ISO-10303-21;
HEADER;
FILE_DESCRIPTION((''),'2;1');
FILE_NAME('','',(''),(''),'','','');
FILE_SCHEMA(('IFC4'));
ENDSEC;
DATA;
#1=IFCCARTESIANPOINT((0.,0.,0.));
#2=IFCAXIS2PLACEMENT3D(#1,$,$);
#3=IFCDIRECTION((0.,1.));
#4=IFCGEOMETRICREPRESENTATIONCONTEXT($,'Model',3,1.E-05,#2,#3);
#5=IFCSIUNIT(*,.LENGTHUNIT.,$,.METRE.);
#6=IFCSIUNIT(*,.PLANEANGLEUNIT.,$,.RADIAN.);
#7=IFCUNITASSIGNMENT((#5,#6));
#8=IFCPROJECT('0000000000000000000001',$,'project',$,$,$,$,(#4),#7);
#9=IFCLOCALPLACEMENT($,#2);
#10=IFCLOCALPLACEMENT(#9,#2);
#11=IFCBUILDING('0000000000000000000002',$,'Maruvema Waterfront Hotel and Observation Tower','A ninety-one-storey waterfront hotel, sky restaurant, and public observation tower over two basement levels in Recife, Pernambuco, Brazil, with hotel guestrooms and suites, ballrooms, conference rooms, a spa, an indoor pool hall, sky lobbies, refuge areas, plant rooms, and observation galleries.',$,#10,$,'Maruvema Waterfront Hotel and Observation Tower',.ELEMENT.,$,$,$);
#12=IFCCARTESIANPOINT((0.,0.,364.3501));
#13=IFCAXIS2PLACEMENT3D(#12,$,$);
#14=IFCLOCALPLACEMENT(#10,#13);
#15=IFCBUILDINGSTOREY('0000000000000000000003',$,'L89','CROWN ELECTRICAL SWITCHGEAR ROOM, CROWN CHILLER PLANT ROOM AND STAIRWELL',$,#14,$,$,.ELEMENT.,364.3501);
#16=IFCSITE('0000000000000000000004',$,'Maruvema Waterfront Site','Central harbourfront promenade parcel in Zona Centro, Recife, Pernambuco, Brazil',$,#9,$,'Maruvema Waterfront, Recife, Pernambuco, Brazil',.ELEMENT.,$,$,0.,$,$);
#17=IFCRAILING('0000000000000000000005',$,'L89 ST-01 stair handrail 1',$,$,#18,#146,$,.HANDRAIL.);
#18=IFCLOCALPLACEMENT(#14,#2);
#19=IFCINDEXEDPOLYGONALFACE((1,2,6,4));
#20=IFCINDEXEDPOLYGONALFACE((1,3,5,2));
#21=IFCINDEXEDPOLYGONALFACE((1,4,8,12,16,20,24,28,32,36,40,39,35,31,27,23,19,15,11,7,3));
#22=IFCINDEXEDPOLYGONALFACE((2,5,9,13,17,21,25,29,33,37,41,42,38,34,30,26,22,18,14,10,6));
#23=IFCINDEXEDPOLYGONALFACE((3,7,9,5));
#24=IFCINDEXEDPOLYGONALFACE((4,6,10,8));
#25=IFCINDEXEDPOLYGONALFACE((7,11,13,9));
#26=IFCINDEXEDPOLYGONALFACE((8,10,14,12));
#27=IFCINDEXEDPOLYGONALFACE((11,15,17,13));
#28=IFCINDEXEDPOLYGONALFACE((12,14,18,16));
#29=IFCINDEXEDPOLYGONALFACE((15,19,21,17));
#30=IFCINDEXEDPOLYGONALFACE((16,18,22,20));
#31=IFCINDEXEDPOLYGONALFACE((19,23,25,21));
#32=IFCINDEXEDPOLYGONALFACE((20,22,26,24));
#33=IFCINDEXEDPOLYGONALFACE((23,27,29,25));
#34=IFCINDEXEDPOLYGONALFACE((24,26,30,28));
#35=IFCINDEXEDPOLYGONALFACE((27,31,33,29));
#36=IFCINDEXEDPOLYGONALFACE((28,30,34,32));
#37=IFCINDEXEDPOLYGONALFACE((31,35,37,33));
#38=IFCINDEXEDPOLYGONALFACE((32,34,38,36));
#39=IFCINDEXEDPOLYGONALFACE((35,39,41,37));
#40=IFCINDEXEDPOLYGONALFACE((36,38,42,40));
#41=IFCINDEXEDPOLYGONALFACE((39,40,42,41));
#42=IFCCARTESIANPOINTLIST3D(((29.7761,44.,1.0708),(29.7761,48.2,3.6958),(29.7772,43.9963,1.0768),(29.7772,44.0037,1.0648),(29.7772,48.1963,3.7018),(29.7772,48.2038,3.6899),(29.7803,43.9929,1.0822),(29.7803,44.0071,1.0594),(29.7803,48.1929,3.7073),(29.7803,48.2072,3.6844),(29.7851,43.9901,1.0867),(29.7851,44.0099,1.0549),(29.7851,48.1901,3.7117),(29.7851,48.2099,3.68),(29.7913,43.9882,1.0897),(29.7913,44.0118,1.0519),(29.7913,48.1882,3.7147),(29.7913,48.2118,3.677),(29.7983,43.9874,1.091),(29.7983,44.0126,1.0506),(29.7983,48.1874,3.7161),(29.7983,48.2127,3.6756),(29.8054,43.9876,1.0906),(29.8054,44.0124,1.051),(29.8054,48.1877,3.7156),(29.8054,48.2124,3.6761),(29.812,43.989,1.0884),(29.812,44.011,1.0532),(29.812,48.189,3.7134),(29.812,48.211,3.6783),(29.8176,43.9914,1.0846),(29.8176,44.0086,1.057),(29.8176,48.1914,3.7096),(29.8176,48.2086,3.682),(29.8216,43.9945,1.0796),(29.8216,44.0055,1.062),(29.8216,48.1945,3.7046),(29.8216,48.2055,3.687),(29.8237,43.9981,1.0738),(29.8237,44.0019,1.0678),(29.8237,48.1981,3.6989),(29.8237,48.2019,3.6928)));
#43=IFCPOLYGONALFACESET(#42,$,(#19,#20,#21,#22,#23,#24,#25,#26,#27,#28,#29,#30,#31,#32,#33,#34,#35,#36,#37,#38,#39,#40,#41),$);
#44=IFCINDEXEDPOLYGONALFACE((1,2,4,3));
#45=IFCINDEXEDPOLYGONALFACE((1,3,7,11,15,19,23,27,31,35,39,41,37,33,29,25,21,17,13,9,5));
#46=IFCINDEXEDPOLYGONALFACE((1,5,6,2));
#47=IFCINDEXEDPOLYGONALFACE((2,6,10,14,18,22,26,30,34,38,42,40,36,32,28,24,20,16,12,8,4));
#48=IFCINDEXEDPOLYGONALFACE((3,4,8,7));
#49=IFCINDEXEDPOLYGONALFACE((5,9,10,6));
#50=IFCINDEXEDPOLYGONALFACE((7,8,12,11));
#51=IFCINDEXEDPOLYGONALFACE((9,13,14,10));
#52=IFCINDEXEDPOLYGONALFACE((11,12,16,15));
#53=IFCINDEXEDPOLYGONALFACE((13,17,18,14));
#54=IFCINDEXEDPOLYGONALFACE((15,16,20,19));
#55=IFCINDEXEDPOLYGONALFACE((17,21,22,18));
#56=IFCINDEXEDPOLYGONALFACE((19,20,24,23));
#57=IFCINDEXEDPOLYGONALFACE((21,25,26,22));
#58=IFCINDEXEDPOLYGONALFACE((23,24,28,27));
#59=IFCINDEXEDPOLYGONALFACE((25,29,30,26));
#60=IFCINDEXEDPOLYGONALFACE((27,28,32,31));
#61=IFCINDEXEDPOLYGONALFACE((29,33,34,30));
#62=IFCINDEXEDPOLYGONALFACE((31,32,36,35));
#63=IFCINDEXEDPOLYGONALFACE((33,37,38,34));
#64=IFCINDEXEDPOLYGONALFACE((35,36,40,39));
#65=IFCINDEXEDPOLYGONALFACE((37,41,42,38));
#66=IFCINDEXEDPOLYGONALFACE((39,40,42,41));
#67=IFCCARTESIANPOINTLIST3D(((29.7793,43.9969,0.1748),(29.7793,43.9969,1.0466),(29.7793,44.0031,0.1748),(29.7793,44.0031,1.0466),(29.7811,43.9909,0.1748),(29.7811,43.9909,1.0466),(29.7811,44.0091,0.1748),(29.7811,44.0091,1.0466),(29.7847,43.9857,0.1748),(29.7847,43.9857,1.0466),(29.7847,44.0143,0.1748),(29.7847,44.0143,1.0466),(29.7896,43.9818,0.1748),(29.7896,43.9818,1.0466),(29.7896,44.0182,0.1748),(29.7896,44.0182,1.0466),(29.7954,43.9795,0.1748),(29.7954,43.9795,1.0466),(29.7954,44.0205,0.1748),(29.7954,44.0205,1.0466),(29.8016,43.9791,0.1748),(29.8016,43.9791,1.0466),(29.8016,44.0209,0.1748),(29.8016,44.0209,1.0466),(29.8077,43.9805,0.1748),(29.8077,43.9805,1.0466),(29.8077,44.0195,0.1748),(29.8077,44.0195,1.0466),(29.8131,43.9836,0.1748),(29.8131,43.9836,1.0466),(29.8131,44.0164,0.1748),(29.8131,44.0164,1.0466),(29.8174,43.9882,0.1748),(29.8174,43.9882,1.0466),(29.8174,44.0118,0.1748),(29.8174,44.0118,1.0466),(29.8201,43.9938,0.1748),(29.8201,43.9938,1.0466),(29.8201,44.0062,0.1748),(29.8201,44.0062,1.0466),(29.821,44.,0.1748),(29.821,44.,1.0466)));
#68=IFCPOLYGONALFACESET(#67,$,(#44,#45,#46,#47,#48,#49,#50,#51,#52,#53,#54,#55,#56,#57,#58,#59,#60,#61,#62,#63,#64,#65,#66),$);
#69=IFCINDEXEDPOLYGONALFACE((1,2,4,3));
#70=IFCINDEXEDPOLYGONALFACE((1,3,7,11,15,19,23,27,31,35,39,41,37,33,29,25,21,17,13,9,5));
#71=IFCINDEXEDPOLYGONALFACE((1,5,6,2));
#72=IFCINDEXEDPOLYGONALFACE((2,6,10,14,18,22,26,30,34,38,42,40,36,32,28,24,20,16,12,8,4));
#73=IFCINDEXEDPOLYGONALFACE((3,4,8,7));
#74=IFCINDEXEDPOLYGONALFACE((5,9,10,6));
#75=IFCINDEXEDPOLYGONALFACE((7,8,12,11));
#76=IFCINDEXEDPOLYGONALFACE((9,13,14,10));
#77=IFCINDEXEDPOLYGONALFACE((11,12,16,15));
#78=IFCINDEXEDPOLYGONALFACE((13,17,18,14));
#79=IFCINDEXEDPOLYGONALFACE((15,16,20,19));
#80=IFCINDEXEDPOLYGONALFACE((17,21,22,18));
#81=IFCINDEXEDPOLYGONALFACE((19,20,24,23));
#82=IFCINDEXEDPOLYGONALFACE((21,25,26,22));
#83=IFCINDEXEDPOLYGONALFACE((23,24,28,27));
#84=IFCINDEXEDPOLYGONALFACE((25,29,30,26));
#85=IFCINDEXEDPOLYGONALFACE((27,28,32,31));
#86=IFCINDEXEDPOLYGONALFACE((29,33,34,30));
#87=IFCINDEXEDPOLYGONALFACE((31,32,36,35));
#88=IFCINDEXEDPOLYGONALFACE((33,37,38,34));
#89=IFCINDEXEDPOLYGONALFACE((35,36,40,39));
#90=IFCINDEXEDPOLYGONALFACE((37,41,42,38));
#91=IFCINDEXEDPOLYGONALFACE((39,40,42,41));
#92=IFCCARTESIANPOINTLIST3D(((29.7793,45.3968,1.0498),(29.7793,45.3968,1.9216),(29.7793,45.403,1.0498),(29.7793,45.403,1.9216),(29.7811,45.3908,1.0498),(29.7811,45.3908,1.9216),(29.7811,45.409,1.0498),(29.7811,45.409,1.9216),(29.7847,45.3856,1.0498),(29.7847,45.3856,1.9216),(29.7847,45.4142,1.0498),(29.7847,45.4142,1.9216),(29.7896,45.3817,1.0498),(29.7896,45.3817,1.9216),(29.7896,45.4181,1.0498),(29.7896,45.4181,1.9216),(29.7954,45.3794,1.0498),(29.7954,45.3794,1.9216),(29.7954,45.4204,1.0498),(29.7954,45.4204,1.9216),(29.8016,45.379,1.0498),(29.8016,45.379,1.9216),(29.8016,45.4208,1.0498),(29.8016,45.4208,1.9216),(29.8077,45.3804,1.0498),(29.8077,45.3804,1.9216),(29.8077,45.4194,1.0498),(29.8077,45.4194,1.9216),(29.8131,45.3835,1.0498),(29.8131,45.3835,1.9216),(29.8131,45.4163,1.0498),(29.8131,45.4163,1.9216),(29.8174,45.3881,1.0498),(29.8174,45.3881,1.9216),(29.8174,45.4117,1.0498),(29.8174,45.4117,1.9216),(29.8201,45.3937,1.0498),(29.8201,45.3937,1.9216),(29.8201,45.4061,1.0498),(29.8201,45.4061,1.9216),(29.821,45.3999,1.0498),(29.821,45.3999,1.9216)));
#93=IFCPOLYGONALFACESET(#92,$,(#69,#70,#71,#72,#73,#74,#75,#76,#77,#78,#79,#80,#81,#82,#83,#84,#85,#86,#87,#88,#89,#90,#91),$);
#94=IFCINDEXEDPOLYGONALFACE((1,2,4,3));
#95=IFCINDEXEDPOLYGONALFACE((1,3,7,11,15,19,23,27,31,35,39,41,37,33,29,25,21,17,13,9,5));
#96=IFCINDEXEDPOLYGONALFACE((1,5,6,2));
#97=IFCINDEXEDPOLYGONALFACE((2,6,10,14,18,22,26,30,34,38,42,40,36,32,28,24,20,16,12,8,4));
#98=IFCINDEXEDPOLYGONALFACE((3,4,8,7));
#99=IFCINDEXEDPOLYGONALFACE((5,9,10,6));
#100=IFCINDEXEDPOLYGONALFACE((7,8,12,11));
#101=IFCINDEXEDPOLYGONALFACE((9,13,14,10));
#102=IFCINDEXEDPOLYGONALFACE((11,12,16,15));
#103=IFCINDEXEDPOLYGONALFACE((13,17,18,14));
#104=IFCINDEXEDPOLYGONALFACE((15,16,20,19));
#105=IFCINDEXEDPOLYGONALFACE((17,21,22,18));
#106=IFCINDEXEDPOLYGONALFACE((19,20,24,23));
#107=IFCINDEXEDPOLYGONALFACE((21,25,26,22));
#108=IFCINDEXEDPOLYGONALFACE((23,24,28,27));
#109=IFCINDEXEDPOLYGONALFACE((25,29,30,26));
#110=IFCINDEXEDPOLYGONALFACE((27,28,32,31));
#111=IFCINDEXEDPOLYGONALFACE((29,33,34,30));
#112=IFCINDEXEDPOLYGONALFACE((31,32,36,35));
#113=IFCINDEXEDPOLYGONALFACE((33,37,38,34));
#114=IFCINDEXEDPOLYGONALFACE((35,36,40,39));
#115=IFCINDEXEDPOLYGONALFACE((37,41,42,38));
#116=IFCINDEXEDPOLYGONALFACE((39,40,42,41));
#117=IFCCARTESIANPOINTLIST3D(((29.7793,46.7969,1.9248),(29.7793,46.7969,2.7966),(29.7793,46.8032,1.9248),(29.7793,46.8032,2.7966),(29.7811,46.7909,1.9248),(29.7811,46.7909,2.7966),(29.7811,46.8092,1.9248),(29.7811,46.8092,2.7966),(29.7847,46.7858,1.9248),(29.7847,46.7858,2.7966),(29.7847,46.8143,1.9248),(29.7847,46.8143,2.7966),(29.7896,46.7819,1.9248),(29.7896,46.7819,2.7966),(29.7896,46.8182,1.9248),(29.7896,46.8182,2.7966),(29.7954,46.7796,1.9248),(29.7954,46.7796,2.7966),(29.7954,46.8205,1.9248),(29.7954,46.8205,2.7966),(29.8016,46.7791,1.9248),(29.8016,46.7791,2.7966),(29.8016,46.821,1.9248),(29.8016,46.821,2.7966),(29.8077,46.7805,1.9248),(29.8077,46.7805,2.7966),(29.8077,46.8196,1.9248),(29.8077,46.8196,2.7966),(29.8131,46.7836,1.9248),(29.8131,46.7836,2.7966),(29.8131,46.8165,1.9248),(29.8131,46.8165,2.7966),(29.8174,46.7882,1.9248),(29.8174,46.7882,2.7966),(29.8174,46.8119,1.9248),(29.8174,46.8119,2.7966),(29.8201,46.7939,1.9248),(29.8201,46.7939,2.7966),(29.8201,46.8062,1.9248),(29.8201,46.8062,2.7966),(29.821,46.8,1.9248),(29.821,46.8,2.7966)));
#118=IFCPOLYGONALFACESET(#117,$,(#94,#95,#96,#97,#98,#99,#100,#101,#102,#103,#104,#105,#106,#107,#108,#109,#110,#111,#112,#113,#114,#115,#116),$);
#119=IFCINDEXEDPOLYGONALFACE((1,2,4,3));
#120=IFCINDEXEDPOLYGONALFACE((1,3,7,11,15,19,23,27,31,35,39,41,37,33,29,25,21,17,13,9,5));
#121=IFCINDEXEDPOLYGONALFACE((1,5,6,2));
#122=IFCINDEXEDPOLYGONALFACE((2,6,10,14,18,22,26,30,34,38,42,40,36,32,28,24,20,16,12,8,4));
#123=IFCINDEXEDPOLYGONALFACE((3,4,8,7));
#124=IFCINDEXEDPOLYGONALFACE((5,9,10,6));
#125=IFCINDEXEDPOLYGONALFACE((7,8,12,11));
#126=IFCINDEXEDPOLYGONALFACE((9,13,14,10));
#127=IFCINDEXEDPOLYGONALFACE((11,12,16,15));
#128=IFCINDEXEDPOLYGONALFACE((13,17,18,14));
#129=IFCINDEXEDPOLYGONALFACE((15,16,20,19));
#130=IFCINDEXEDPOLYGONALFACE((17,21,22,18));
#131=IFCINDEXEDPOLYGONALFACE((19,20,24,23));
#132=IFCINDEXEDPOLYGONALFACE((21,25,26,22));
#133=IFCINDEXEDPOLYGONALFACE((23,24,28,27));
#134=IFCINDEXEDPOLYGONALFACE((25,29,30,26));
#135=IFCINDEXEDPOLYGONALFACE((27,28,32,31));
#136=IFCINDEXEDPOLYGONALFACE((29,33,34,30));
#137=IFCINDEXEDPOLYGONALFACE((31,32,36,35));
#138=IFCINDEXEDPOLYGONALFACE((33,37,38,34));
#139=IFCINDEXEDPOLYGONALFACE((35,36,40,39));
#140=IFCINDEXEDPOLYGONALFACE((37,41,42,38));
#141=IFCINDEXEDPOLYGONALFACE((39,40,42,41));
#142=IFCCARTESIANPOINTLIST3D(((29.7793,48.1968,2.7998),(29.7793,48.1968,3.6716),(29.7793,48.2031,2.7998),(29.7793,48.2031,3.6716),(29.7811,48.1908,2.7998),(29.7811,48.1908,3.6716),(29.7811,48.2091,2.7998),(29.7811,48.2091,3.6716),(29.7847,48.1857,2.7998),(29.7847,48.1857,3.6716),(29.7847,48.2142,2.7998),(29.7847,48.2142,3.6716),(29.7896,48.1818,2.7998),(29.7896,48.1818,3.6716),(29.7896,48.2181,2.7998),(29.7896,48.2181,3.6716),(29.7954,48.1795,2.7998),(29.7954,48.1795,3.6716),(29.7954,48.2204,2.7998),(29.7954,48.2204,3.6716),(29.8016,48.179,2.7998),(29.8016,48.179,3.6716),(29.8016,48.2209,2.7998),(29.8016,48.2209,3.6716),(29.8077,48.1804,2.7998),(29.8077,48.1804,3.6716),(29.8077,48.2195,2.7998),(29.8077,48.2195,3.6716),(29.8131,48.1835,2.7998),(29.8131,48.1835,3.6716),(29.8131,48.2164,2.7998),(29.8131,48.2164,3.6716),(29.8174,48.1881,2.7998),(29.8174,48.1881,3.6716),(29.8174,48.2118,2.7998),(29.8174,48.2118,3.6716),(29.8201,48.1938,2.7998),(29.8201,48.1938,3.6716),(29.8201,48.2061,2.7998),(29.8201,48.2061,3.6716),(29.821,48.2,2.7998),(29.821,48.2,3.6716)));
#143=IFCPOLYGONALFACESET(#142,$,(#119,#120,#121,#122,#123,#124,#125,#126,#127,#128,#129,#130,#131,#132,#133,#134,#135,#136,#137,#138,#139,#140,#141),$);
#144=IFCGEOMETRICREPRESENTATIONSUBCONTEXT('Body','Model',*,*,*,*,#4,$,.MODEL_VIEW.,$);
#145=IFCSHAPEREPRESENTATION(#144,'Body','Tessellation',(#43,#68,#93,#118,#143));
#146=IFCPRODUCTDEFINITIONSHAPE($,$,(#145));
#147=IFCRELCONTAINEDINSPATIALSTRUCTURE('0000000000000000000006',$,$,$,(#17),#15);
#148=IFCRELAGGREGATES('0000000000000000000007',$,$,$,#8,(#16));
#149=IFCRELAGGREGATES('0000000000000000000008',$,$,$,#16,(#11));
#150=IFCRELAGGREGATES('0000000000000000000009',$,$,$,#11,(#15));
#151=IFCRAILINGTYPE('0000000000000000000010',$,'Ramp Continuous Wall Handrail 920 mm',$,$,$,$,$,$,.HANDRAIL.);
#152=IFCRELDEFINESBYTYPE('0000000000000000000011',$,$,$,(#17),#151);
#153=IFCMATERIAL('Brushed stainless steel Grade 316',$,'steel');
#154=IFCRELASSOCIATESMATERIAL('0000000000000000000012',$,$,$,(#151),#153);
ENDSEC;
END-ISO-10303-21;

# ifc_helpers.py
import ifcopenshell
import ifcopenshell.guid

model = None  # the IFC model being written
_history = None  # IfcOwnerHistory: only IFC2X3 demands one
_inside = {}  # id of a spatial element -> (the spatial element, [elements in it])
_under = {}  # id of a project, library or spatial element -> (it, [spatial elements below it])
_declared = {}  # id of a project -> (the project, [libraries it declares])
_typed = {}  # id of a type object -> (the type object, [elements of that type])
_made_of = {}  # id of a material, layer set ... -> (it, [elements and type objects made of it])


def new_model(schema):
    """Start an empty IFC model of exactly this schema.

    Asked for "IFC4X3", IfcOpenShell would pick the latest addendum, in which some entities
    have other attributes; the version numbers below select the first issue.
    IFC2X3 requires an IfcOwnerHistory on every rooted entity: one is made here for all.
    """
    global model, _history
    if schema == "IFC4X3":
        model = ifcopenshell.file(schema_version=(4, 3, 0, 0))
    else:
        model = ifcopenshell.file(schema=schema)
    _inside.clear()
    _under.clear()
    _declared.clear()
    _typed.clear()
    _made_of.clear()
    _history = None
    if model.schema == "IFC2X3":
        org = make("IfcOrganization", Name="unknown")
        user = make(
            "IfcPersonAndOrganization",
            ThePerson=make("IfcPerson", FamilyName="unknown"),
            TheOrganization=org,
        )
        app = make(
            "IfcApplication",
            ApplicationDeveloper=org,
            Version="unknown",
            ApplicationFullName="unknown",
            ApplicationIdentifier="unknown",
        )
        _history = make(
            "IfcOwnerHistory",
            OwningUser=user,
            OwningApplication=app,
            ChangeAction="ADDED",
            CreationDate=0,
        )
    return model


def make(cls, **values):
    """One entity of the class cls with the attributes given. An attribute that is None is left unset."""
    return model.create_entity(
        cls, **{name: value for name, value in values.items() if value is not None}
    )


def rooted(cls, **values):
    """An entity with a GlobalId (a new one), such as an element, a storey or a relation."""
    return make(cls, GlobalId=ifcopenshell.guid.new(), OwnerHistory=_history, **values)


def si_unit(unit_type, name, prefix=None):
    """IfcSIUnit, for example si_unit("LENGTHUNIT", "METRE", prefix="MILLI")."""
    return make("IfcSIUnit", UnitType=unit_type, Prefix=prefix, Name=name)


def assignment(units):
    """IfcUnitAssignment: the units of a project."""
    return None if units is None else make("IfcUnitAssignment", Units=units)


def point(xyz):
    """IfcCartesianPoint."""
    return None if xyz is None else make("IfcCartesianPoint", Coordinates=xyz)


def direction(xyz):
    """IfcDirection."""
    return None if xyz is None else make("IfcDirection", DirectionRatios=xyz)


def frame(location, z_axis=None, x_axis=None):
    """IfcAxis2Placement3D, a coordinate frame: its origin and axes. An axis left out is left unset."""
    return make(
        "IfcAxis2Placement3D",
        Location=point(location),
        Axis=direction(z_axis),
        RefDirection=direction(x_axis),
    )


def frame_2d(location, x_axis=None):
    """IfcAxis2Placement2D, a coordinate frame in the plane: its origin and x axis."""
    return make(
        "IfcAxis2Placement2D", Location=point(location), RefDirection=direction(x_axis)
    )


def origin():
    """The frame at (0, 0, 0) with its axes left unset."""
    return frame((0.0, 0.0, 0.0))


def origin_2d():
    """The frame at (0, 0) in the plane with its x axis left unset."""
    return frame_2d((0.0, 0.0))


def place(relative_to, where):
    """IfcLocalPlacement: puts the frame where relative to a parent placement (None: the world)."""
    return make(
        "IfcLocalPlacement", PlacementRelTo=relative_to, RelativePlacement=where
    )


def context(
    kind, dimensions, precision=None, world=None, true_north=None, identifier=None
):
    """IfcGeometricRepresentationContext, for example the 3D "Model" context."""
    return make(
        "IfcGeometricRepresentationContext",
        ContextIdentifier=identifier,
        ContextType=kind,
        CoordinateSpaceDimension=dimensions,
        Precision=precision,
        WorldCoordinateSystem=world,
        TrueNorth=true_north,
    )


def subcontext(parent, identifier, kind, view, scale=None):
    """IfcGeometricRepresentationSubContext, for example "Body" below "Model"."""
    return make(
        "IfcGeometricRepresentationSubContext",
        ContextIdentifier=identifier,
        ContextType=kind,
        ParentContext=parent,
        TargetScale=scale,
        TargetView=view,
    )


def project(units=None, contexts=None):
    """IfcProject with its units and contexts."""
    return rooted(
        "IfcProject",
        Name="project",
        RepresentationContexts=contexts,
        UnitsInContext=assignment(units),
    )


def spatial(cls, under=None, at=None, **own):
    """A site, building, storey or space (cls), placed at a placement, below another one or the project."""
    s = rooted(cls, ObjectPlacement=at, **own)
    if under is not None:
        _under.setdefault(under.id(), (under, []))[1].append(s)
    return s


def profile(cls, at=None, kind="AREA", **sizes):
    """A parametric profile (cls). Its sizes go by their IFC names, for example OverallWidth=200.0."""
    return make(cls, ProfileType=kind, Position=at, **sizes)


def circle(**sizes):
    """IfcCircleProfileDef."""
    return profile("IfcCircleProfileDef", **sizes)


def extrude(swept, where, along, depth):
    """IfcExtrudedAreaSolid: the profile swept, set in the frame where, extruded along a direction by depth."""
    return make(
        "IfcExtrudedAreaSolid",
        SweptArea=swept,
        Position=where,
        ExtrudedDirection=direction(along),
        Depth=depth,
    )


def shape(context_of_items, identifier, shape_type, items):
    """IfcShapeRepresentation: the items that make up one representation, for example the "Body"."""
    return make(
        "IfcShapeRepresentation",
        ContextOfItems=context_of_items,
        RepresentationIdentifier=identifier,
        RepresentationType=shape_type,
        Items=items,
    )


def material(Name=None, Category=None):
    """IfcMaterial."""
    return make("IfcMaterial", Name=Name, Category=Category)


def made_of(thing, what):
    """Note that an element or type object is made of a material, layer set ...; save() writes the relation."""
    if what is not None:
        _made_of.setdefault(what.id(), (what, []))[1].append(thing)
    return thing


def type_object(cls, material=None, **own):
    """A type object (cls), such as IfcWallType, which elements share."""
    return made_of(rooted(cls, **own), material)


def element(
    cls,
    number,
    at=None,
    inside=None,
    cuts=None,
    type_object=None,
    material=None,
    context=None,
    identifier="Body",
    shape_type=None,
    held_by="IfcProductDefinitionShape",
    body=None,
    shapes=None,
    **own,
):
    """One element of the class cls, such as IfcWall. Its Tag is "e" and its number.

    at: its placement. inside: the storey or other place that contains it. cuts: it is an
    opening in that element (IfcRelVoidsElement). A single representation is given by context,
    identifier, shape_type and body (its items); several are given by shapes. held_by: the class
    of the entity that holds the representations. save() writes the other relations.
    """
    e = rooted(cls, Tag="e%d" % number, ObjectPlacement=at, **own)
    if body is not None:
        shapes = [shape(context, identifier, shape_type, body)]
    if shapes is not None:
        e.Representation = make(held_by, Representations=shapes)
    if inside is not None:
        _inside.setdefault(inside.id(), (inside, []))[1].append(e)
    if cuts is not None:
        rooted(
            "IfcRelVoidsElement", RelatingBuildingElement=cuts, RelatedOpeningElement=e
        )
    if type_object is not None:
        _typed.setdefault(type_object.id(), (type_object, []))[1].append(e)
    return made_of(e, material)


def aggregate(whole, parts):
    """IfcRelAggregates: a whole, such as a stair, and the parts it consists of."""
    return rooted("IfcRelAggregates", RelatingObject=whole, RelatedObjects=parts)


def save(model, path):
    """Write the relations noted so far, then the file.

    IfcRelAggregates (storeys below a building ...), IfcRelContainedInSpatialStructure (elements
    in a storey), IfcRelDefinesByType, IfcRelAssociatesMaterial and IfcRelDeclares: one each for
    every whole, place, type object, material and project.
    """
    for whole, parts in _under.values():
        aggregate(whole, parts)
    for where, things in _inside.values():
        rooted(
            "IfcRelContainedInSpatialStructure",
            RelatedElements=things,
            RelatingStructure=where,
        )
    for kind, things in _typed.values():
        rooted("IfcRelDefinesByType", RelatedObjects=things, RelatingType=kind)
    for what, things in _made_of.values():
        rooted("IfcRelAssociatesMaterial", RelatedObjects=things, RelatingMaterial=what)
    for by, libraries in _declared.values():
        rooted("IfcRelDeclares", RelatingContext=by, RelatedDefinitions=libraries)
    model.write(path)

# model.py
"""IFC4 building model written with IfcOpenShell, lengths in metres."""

from ifc_helpers import new_model, si_unit, direction, frame, origin, origin_2d, place, context, subcontext, project, spatial, circle, extrude, material, type_object, element, save


model = new_model("IFC4")

# Units and contexts
model_context = context("Model", 3, precision=1e-05, world=origin(), true_north=direction((0.0, 1.0)))
body_context = subcontext(model_context, "Body", "Model", "MODEL_VIEW")
ifc_project = project(units=[si_unit("LENGTHUNIT", "METRE"), si_unit("PLANEANGLEUNIT", "RADIAN")], contexts=[model_context])

# Site, building, storey
site_placement = place(None, origin())
site = spatial("IfcSite", under=ifc_project, at=site_placement, Name="Maruvema Waterfront Site", Description="Central harbourfront promenade parcel in Zona Centro, Recife, Pernambuco, Brazil", LongName="Maruvema Waterfront, Recife, Pernambuco, Brazil", CompositionType="ELEMENT", RefElevation=0.0)
building_placement = place(site_placement, origin())
building = spatial("IfcBuilding", under=site, at=building_placement, Name="Maruvema Waterfront Hotel and Observation Tower", Description="A ninety-one-storey waterfront hotel, sky restaurant, and public observation tower over two basement levels in Recife, Pernambuco, Brazil, with hotel guestrooms and suites, ballrooms, conference rooms, a spa, an indoor pool hall, sky lobbies, refuge areas, plant rooms, and observation galleries.", LongName="Maruvema Waterfront Hotel and Observation Tower", CompositionType="ELEMENT")
storey_placement = place(building_placement, frame((0.0, 0.0, 364.3501)))
storey = spatial("IfcBuildingStorey", under=building, at=storey_placement, Name="L89", Description="CROWN ELECTRICAL SWITCHGEAR ROOM, CROWN CHILLER PLANT ROOM AND STAIRWELL", CompositionType="ELEMENT", Elevation=364.3501)

# Railing
ifc_material_1 = material(Name="Brushed stainless steel Grade 316", Category="steel")
railing_type_1 = type_object("IfcRailingType", Name="Ramp Continuous Wall Handrail 920 mm", PredefinedType="HANDRAIL", material=ifc_material_1)
railing_1_placement = place(storey_placement, frame((29.8, 44.0, 0.1748)))
element("IfcRailing", 1, at=railing_1_placement, inside=storey, type_object=railing_type_1, Name="L89 ST-01 stair handrail 1", PredefinedType="HANDRAIL", context=body_context, shape_type="SweptSolid", body=[
    extrude(circle(Radius=0.0239, at=origin_2d()), frame((0.0, 0.0, 0.896), z_axis=(0.0, 0.847996, 0.530003), x_axis=(-1.0, 0.0, 0.0)), (0.0, 0.0, 1.0), 4.9529),
    extrude(circle(Radius=0.021, at=origin_2d()), origin(), (0.0, 0.0, 1.0), 0.8718),
    extrude(circle(Radius=0.021, at=origin_2d()), frame((0.0, 1.3999, 0.875)), (0.0, 0.0, 1.0), 0.8718),
    extrude(circle(Radius=0.021, at=origin_2d()), frame((0.0, 2.8, 1.75)), (0.0, 0.0, 1.0), 0.8718),
    extrude(circle(Radius=0.021, at=origin_2d()), frame((0.0, 4.2, 2.625)), (0.0, 0.0, 1.0), 0.8718),
])

save(model, "model.ifc")
